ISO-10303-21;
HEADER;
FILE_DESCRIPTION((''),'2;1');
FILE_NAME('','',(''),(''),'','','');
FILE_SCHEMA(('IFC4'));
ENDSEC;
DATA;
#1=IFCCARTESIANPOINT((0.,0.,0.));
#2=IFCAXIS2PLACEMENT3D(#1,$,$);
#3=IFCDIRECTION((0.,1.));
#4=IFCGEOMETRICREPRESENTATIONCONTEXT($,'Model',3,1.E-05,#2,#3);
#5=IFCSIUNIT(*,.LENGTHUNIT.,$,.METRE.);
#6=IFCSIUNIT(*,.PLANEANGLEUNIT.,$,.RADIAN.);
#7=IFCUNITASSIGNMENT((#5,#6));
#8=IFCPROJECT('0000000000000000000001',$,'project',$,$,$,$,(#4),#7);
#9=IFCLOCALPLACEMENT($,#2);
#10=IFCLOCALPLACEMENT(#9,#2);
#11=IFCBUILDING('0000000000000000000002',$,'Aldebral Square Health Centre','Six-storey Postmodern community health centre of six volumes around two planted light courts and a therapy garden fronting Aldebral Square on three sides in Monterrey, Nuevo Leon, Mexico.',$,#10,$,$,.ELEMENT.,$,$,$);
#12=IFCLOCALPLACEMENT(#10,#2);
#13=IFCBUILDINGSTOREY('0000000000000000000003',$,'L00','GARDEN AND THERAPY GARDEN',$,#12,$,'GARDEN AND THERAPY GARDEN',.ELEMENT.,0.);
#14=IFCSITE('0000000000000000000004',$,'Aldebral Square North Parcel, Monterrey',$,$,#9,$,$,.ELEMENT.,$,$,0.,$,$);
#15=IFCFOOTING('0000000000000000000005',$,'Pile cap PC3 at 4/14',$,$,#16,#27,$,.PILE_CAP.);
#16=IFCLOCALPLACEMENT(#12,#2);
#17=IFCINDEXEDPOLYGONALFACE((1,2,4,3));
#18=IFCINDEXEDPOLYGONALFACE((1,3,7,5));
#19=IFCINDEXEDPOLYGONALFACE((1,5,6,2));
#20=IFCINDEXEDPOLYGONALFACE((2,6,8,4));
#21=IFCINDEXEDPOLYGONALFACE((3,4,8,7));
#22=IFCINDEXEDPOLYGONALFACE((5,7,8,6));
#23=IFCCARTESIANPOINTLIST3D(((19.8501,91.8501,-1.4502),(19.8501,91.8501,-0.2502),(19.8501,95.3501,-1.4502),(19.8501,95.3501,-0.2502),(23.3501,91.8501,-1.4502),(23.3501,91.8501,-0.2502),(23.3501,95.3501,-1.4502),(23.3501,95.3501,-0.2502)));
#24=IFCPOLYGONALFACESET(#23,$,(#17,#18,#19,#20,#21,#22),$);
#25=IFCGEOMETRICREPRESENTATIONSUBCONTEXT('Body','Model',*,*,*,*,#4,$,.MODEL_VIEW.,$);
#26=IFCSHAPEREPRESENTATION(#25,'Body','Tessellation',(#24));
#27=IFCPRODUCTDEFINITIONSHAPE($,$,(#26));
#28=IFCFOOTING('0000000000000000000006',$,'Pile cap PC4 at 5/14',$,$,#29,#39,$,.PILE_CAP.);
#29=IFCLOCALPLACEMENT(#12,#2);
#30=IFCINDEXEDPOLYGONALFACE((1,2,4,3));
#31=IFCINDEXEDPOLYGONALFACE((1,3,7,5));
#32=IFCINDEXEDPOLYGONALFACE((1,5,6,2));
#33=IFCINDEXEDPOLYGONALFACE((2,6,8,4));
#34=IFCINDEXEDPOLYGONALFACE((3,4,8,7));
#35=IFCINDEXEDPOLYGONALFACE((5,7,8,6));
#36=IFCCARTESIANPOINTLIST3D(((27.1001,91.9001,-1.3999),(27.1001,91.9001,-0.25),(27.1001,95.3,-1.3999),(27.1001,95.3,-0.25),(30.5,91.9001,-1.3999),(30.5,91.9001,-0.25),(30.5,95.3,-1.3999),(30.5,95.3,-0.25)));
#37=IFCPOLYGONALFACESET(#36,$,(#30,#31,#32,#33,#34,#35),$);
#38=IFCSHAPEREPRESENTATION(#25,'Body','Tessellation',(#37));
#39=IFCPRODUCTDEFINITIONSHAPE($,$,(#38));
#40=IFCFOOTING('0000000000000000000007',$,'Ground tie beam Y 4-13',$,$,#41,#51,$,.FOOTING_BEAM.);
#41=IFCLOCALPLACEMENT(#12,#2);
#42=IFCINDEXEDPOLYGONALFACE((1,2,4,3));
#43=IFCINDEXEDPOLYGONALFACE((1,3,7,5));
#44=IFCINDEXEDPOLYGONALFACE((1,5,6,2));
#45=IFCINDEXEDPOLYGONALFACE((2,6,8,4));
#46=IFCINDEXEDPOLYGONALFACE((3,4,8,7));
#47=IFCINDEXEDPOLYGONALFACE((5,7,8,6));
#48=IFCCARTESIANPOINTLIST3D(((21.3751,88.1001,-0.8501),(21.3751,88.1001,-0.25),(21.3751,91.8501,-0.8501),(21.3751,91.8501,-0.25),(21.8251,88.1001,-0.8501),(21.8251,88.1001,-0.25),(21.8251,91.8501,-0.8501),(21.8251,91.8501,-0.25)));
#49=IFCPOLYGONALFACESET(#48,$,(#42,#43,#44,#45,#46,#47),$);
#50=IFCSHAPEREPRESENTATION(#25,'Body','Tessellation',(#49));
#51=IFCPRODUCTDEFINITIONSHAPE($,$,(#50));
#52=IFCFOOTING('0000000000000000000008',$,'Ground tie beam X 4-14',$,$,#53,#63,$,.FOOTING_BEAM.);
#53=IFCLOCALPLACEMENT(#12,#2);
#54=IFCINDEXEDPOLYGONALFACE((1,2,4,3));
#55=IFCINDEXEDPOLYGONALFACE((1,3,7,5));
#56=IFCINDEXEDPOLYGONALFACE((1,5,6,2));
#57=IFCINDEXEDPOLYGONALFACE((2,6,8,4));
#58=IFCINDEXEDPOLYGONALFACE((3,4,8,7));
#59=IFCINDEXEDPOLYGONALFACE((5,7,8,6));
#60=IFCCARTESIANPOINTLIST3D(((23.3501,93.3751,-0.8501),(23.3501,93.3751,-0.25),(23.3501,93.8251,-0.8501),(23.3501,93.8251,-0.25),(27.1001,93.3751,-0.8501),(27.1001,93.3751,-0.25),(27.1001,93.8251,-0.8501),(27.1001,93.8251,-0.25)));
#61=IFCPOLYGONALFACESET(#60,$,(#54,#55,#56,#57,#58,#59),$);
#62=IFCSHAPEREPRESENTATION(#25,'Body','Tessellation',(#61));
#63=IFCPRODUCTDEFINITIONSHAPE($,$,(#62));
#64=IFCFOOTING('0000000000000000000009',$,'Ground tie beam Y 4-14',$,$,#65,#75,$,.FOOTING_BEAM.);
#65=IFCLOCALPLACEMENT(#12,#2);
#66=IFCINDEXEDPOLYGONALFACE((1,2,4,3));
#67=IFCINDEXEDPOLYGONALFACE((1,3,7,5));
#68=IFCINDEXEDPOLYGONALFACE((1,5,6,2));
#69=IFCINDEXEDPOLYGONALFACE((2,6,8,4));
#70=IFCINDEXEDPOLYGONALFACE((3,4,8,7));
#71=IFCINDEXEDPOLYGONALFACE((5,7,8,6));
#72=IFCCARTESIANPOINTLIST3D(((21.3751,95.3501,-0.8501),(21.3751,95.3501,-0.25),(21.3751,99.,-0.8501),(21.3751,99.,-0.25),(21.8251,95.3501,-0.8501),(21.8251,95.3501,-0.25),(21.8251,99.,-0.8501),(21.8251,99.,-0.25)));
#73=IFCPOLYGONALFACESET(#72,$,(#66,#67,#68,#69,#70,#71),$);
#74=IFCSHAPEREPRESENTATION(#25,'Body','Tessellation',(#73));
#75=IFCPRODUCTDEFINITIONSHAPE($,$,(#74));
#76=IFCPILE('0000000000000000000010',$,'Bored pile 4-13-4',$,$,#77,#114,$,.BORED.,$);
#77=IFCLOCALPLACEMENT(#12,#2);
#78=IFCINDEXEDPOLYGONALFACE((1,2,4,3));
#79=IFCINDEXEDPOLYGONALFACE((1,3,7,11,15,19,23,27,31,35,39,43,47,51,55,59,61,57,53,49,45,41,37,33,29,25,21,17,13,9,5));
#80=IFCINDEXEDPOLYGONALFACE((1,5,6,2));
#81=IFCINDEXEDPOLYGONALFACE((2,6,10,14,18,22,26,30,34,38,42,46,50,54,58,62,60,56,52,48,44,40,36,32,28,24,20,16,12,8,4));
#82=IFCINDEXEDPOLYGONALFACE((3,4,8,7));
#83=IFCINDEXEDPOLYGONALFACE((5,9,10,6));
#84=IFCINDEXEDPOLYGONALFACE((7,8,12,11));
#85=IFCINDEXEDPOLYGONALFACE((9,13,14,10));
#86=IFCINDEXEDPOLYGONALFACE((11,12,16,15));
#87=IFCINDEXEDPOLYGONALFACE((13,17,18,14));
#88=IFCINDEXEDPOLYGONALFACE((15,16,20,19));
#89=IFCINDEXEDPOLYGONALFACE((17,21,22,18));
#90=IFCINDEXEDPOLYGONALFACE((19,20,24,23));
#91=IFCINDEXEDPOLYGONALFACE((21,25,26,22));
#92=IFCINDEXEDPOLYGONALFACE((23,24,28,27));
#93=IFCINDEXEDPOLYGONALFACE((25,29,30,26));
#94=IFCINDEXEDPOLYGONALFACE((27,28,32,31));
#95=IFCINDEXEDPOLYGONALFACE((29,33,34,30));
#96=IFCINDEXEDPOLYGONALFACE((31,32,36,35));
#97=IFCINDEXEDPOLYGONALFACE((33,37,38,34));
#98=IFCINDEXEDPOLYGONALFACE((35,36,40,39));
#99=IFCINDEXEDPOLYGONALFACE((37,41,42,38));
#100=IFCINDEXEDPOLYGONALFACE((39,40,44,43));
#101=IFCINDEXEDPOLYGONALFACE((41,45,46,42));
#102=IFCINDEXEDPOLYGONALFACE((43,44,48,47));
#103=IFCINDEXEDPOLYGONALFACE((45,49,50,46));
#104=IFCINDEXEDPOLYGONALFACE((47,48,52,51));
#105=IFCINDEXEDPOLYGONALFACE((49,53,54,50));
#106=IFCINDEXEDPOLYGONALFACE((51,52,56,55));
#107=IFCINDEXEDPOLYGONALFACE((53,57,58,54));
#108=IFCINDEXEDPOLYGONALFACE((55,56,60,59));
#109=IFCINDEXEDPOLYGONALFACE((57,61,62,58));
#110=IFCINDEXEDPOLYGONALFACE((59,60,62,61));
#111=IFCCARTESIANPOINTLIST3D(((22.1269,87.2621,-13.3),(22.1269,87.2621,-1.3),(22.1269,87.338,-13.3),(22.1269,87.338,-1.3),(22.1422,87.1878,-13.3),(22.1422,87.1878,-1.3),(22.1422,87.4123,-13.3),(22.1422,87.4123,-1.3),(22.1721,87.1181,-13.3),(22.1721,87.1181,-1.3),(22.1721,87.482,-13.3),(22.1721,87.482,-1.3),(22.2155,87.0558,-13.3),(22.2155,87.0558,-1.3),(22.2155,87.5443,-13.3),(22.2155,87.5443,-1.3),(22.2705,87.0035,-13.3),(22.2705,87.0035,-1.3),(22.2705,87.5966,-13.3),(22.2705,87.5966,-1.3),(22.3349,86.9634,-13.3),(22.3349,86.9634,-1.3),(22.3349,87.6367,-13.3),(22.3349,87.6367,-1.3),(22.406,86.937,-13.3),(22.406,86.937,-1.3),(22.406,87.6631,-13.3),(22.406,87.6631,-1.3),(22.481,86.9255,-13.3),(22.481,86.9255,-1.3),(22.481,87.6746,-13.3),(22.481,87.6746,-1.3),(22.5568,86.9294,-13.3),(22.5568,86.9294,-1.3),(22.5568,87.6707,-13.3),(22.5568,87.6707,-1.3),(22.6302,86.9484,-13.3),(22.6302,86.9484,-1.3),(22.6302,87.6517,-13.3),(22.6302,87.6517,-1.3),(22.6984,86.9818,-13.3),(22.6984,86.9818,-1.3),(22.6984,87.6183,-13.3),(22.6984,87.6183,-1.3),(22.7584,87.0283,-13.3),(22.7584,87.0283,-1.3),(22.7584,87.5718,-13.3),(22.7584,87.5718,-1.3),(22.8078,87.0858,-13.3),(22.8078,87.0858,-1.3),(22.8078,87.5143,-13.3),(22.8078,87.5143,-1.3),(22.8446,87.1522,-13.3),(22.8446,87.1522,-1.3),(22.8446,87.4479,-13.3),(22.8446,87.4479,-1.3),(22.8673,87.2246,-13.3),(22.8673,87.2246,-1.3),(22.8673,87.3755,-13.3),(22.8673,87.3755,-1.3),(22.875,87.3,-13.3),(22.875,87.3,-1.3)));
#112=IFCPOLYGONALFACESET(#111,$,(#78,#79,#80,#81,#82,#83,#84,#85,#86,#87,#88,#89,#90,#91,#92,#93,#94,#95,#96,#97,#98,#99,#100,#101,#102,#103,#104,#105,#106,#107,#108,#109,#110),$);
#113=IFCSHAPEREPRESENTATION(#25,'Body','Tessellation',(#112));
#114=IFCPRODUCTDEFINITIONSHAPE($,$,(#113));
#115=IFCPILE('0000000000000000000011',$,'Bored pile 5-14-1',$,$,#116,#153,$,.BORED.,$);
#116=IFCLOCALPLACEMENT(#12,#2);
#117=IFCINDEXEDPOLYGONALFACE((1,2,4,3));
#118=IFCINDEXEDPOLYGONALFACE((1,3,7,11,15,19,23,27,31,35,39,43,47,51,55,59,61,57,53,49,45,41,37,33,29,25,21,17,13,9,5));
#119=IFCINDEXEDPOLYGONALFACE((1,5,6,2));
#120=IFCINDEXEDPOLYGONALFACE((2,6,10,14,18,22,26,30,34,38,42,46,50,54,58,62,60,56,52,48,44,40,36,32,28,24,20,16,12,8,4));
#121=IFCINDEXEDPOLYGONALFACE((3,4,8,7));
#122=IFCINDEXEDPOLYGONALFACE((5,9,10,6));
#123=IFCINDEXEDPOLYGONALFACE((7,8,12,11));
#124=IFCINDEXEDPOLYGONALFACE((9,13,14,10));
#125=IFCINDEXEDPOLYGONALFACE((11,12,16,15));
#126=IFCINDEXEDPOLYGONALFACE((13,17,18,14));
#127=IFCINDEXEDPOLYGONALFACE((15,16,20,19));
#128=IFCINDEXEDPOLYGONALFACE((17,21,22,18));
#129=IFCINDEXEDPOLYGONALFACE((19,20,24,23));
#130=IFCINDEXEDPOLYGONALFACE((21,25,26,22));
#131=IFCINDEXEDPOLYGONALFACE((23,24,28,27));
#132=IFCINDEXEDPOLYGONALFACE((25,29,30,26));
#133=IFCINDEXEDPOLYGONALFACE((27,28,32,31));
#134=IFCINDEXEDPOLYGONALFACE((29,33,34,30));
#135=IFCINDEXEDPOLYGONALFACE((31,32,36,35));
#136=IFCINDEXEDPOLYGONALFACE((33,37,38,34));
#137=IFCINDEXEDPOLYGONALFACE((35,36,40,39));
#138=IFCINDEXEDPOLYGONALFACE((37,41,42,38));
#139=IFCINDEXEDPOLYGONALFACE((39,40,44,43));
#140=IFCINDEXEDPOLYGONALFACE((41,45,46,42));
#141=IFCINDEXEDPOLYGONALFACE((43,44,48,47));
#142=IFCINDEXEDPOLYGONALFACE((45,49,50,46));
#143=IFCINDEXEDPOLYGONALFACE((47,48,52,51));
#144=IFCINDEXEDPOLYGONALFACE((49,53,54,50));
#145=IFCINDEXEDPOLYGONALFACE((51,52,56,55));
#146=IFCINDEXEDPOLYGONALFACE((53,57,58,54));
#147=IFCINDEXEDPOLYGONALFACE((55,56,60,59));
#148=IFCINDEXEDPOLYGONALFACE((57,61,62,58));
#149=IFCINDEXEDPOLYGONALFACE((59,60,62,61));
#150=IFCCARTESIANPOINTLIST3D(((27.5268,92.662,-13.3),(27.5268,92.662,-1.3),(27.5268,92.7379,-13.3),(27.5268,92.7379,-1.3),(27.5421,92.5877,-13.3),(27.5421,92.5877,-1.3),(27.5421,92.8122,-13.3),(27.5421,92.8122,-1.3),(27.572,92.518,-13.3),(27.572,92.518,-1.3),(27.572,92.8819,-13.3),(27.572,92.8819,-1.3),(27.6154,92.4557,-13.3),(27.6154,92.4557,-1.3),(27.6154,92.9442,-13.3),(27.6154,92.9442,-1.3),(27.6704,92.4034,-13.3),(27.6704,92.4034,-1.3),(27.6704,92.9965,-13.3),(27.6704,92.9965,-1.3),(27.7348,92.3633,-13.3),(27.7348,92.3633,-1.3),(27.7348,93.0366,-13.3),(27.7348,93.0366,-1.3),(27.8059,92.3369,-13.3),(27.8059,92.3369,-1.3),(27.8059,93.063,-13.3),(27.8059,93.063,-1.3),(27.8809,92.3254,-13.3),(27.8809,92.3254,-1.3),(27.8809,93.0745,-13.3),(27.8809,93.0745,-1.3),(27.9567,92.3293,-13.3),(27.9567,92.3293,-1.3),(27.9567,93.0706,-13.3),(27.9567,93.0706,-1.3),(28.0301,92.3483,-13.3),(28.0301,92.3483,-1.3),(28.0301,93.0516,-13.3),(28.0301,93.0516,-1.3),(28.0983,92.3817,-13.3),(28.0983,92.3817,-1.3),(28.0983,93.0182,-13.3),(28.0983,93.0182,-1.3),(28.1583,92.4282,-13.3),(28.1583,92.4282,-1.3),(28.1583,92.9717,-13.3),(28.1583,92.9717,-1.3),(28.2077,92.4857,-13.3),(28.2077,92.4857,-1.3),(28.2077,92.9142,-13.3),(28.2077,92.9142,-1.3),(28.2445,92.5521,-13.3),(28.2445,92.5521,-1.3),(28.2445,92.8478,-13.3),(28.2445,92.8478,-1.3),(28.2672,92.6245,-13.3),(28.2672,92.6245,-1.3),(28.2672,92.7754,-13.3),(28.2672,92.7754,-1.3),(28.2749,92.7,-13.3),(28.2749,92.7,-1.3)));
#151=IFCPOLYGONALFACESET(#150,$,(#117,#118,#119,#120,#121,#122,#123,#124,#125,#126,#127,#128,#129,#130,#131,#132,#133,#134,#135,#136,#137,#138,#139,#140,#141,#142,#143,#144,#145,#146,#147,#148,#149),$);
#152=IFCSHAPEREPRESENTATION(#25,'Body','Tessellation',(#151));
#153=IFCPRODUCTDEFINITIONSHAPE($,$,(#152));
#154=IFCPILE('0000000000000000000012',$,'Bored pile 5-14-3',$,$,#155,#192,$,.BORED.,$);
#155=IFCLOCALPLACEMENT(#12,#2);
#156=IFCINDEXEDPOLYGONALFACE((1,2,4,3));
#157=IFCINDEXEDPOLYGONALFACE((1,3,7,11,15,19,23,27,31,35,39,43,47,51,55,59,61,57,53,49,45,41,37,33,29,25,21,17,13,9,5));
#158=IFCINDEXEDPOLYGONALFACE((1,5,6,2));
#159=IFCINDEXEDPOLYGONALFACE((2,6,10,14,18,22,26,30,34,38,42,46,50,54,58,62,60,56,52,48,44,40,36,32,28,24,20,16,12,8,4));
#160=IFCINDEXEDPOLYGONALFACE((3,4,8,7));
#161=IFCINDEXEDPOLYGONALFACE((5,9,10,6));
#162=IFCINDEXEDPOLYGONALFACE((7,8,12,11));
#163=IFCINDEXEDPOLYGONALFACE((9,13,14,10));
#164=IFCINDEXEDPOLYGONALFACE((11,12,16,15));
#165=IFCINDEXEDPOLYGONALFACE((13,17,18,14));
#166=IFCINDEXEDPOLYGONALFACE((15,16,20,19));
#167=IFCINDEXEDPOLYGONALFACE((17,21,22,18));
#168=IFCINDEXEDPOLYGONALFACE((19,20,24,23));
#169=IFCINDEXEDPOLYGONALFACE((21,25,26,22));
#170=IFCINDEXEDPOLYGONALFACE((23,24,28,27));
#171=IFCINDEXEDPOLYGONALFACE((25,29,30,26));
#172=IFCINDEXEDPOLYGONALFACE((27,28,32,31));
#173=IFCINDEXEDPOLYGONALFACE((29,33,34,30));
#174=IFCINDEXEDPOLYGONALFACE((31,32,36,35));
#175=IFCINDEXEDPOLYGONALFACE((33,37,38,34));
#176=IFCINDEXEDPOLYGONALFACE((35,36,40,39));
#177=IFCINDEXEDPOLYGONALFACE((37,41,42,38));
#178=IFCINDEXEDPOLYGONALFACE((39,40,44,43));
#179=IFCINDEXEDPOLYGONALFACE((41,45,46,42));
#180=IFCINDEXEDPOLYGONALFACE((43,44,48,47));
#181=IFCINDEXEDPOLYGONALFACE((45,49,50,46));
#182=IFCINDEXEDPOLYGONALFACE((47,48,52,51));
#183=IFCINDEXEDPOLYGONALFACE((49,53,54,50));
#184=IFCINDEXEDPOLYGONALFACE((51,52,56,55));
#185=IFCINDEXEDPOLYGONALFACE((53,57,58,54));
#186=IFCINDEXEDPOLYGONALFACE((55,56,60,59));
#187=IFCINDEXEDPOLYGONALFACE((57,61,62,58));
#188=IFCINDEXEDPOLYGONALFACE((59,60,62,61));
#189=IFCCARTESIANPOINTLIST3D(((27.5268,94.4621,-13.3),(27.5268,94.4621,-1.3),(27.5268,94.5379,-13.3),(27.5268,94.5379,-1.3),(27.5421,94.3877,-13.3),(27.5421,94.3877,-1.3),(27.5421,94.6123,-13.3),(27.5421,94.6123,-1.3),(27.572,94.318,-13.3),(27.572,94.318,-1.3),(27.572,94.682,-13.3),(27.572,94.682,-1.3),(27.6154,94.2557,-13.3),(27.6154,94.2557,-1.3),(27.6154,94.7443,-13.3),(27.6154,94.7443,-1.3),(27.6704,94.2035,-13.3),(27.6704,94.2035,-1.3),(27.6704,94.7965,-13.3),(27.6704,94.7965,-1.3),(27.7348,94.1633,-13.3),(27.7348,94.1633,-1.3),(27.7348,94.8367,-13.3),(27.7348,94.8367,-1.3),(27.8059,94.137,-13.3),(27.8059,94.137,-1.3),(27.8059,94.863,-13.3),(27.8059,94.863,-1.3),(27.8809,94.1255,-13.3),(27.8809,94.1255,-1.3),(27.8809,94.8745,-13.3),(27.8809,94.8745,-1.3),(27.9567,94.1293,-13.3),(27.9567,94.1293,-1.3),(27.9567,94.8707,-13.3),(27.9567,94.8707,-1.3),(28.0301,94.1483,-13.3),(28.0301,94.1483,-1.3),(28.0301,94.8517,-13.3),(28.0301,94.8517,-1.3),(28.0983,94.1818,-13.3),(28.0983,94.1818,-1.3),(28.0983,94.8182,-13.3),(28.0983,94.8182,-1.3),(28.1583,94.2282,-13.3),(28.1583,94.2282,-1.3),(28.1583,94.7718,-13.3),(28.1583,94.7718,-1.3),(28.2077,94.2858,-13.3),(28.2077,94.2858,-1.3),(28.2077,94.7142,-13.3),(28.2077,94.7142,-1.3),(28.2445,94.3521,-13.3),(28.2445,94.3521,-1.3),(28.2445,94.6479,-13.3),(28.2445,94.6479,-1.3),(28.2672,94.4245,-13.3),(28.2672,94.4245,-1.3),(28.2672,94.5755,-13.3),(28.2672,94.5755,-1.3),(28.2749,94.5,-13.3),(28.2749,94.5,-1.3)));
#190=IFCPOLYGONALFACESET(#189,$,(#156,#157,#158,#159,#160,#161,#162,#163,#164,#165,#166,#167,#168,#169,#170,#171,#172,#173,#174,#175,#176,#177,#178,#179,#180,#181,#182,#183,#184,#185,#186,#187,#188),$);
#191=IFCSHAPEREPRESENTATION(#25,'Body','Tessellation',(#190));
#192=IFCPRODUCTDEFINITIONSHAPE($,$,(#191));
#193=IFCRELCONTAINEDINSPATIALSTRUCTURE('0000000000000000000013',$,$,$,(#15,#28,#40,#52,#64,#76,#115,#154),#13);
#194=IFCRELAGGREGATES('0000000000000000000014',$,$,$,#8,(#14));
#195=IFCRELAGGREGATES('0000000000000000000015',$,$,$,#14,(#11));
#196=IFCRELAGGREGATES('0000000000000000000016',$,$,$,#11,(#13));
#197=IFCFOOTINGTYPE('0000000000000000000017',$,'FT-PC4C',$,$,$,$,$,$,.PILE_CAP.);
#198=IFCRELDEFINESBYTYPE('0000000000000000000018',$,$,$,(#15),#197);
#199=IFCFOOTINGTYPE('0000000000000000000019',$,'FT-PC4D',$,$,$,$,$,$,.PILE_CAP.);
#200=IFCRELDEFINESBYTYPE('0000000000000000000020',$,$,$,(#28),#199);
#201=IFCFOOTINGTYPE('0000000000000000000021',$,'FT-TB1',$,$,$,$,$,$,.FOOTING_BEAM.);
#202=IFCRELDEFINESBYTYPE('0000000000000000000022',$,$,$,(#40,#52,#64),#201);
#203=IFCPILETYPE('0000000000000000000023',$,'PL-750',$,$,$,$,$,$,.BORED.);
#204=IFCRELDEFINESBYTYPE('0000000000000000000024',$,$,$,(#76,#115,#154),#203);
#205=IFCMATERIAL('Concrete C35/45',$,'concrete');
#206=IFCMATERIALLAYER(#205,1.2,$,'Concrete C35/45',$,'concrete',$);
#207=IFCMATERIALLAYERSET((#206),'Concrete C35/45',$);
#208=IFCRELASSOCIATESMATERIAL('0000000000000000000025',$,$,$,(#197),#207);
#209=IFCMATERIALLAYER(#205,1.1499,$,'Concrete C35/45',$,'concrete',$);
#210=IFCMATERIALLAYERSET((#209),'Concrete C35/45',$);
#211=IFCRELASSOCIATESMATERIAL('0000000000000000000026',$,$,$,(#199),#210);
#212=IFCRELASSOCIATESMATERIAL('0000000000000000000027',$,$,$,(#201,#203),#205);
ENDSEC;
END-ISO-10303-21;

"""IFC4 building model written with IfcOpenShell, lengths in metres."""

from ifc_helpers import new_model, si_unit, direction, frame, origin, origin_2d, place, context, subcontext, project, spatial, rectangle, circle, extrude, material, layer, layer_set, material_profile, profile_set, type_object, element, save


model = new_model("IFC4")

# Units and contexts
model_context = context("Model", 3, precision=1e-05, world=origin(), true_north=direction((0.0, 1.0)))
body_context = subcontext(model_context, "Body", "Model", "MODEL_VIEW")
ifc_project = project(units=[si_unit("LENGTHUNIT", "METRE"), si_unit("PLANEANGLEUNIT", "RADIAN")], contexts=[model_context])

# Site, building, storey
site_placement = place(None, origin())
site = spatial("IfcSite", under=ifc_project, at=site_placement, Name="Aldebral Square North Parcel, Monterrey", CompositionType="ELEMENT", RefElevation=0.0)
building_placement = place(site_placement, origin())
building = spatial("IfcBuilding", under=site, at=building_placement, Name="Aldebral Square Health Centre", Description="Six-storey Postmodern community health centre of six volumes around two planted light courts and a therapy garden fronting Aldebral Square on three sides in Monterrey, Nuevo Leon, Mexico.", CompositionType="ELEMENT")
storey_placement = place(building_placement, origin())
storey = spatial("IfcBuildingStorey", under=building, at=storey_placement, Name="L00", Description="GARDEN AND THERAPY GARDEN", LongName="GARDEN AND THERAPY GARDEN", CompositionType="ELEMENT", Elevation=0.0)

# Footings
ifc_material_1 = material(Name="Concrete C35/45", Category="concrete")
ifc_layer_1 = layer(ifc_material_1, 1.2, Name="Concrete C35/45", Category="concrete")
ifc_layer_set_1 = layer_set([ifc_layer_1], Name="Concrete C35/45")
footing_type_1 = type_object("IfcFootingType", Name="FT-PC4C", PredefinedType="PILE_CAP", material=ifc_layer_set_1)
footing_1_placement = place(storey_placement, frame((21.6001, 93.6001, -1.4502), z_axis=(0.0, 0.0, 1.0), x_axis=(1.0, 0.0, 0.0)))
element("IfcFooting", 1, at=footing_1_placement, inside=storey, type_object=footing_type_1, Name="Pile cap PC3 at 4/14", PredefinedType="PILE_CAP", context=body_context, shape_type="SweptSolid", body=[
    extrude(rectangle(XDim=3.5, YDim=3.5, at=origin_2d()), origin(), (0.0, 0.0, 1.0), 1.2),
])
ifc_layer_2 = layer(ifc_material_1, 1.1499, Name="Concrete C35/45", Category="concrete")
ifc_layer_set_2 = layer_set([ifc_layer_2], Name="Concrete C35/45")
footing_type_2 = type_object("IfcFootingType", Name="FT-PC4D", PredefinedType="PILE_CAP", material=ifc_layer_set_2)
footing_2_placement = place(storey_placement, frame((28.8, 93.6001, -1.3999), z_axis=(0.0, 0.0, 1.0), x_axis=(1.0, 0.0, 0.0)))
element("IfcFooting", 2, at=footing_2_placement, inside=storey, type_object=footing_type_2, Name="Pile cap PC4 at 5/14", PredefinedType="PILE_CAP", context=body_context, shape_type="SweptSolid", body=[
    extrude(rectangle(XDim=3.3999, YDim=3.3999, at=origin_2d()), origin(), (0.0, 0.0, 1.0), 1.1499),
])
ifc_material_profile_1 = material_profile(ifc_material_1, rectangle(XDim=0.45, YDim=0.6001, at=origin_2d()), Name="RC 450x600")
ifc_profile_set_1 = profile_set([ifc_material_profile_1], Name="Concrete C35/45")
footing_type_3 = type_object("IfcFootingType", Name="FT-TB1", PredefinedType="FOOTING_BEAM", material=ifc_profile_set_1)
for number, where, z_axis, x_axis, name in (
    (3, (21.6001, 88.1001, -0.55), (0.0, 1.0, 0.0), (-1.0, 0.0, 0.0), "Ground tie beam Y 4-13"),
    (4, (23.3501, 93.6001, -0.55), (1.0, 0.0, 0.0), (0.0, 1.0, 0.0), "Ground tie beam X 4-14"),
):
    element("IfcFooting", number, at=place(storey_placement, frame(where, z_axis=z_axis, x_axis=x_axis)), inside=storey, type_object=footing_type_3, Name=name, PredefinedType="FOOTING_BEAM", context=body_context, shape_type="SweptSolid", body=[
        extrude(rectangle(XDim=0.45, YDim=0.6001, at=origin_2d()), origin(), (0.0, 0.0, 1.0), 3.75),
    ])
footing_3_placement = place(storey_placement, frame((21.6001, 95.3501, -0.55), z_axis=(0.0, 1.0, 0.0), x_axis=(-1.0, 0.0, 0.0)))
element("IfcFooting", 5, at=footing_3_placement, inside=storey, type_object=footing_type_3, Name="Ground tie beam Y 4-14", PredefinedType="FOOTING_BEAM", context=body_context, shape_type="SweptSolid", body=[
    extrude(rectangle(XDim=0.45, YDim=0.6001, at=origin_2d()), origin(), (0.0, 0.0, 1.0), 3.6499),
])

# Piles
ifc_material_profile_2 = material_profile(ifc_material_1, circle(Radius=0.375, at=origin_2d()), Name="PILE D750")
ifc_profile_set_2 = profile_set([ifc_material_profile_2], Name="Concrete C35/45")
pile_type_1 = type_object("IfcPileType", Name="PL-750", PredefinedType="BORED", material=ifc_profile_set_2)
for number, where, z_axis, x_axis, name in (
    (6, (22.5, 87.3, -1.3), (0.0, 0.0, -1.0), (1.0, 0.0, 0.0), "Bored pile 4-13-4"),
    (7, (27.8999, 92.7, -1.3), (0.0, 0.0, -1.0), (1.0, 0.0, 0.0), "Bored pile 5-14-1"),
    (8, (27.8999, 94.5, -1.3), (0.0, 0.0, -1.0), (1.0, 0.0, 0.0), "Bored pile 5-14-3"),
):
    element("IfcPile", number, at=place(storey_placement, frame(where, z_axis=z_axis, x_axis=x_axis)), inside=storey, type_object=pile_type_1, Name=name, PredefinedType="BORED", context=body_context, shape_type="SweptSolid", body=[
        extrude(circle(Radius=0.375, at=origin_2d()), origin(), (0.0, 0.0, 1.0), 12.0),
    ])

save(model, "model.ifc")
